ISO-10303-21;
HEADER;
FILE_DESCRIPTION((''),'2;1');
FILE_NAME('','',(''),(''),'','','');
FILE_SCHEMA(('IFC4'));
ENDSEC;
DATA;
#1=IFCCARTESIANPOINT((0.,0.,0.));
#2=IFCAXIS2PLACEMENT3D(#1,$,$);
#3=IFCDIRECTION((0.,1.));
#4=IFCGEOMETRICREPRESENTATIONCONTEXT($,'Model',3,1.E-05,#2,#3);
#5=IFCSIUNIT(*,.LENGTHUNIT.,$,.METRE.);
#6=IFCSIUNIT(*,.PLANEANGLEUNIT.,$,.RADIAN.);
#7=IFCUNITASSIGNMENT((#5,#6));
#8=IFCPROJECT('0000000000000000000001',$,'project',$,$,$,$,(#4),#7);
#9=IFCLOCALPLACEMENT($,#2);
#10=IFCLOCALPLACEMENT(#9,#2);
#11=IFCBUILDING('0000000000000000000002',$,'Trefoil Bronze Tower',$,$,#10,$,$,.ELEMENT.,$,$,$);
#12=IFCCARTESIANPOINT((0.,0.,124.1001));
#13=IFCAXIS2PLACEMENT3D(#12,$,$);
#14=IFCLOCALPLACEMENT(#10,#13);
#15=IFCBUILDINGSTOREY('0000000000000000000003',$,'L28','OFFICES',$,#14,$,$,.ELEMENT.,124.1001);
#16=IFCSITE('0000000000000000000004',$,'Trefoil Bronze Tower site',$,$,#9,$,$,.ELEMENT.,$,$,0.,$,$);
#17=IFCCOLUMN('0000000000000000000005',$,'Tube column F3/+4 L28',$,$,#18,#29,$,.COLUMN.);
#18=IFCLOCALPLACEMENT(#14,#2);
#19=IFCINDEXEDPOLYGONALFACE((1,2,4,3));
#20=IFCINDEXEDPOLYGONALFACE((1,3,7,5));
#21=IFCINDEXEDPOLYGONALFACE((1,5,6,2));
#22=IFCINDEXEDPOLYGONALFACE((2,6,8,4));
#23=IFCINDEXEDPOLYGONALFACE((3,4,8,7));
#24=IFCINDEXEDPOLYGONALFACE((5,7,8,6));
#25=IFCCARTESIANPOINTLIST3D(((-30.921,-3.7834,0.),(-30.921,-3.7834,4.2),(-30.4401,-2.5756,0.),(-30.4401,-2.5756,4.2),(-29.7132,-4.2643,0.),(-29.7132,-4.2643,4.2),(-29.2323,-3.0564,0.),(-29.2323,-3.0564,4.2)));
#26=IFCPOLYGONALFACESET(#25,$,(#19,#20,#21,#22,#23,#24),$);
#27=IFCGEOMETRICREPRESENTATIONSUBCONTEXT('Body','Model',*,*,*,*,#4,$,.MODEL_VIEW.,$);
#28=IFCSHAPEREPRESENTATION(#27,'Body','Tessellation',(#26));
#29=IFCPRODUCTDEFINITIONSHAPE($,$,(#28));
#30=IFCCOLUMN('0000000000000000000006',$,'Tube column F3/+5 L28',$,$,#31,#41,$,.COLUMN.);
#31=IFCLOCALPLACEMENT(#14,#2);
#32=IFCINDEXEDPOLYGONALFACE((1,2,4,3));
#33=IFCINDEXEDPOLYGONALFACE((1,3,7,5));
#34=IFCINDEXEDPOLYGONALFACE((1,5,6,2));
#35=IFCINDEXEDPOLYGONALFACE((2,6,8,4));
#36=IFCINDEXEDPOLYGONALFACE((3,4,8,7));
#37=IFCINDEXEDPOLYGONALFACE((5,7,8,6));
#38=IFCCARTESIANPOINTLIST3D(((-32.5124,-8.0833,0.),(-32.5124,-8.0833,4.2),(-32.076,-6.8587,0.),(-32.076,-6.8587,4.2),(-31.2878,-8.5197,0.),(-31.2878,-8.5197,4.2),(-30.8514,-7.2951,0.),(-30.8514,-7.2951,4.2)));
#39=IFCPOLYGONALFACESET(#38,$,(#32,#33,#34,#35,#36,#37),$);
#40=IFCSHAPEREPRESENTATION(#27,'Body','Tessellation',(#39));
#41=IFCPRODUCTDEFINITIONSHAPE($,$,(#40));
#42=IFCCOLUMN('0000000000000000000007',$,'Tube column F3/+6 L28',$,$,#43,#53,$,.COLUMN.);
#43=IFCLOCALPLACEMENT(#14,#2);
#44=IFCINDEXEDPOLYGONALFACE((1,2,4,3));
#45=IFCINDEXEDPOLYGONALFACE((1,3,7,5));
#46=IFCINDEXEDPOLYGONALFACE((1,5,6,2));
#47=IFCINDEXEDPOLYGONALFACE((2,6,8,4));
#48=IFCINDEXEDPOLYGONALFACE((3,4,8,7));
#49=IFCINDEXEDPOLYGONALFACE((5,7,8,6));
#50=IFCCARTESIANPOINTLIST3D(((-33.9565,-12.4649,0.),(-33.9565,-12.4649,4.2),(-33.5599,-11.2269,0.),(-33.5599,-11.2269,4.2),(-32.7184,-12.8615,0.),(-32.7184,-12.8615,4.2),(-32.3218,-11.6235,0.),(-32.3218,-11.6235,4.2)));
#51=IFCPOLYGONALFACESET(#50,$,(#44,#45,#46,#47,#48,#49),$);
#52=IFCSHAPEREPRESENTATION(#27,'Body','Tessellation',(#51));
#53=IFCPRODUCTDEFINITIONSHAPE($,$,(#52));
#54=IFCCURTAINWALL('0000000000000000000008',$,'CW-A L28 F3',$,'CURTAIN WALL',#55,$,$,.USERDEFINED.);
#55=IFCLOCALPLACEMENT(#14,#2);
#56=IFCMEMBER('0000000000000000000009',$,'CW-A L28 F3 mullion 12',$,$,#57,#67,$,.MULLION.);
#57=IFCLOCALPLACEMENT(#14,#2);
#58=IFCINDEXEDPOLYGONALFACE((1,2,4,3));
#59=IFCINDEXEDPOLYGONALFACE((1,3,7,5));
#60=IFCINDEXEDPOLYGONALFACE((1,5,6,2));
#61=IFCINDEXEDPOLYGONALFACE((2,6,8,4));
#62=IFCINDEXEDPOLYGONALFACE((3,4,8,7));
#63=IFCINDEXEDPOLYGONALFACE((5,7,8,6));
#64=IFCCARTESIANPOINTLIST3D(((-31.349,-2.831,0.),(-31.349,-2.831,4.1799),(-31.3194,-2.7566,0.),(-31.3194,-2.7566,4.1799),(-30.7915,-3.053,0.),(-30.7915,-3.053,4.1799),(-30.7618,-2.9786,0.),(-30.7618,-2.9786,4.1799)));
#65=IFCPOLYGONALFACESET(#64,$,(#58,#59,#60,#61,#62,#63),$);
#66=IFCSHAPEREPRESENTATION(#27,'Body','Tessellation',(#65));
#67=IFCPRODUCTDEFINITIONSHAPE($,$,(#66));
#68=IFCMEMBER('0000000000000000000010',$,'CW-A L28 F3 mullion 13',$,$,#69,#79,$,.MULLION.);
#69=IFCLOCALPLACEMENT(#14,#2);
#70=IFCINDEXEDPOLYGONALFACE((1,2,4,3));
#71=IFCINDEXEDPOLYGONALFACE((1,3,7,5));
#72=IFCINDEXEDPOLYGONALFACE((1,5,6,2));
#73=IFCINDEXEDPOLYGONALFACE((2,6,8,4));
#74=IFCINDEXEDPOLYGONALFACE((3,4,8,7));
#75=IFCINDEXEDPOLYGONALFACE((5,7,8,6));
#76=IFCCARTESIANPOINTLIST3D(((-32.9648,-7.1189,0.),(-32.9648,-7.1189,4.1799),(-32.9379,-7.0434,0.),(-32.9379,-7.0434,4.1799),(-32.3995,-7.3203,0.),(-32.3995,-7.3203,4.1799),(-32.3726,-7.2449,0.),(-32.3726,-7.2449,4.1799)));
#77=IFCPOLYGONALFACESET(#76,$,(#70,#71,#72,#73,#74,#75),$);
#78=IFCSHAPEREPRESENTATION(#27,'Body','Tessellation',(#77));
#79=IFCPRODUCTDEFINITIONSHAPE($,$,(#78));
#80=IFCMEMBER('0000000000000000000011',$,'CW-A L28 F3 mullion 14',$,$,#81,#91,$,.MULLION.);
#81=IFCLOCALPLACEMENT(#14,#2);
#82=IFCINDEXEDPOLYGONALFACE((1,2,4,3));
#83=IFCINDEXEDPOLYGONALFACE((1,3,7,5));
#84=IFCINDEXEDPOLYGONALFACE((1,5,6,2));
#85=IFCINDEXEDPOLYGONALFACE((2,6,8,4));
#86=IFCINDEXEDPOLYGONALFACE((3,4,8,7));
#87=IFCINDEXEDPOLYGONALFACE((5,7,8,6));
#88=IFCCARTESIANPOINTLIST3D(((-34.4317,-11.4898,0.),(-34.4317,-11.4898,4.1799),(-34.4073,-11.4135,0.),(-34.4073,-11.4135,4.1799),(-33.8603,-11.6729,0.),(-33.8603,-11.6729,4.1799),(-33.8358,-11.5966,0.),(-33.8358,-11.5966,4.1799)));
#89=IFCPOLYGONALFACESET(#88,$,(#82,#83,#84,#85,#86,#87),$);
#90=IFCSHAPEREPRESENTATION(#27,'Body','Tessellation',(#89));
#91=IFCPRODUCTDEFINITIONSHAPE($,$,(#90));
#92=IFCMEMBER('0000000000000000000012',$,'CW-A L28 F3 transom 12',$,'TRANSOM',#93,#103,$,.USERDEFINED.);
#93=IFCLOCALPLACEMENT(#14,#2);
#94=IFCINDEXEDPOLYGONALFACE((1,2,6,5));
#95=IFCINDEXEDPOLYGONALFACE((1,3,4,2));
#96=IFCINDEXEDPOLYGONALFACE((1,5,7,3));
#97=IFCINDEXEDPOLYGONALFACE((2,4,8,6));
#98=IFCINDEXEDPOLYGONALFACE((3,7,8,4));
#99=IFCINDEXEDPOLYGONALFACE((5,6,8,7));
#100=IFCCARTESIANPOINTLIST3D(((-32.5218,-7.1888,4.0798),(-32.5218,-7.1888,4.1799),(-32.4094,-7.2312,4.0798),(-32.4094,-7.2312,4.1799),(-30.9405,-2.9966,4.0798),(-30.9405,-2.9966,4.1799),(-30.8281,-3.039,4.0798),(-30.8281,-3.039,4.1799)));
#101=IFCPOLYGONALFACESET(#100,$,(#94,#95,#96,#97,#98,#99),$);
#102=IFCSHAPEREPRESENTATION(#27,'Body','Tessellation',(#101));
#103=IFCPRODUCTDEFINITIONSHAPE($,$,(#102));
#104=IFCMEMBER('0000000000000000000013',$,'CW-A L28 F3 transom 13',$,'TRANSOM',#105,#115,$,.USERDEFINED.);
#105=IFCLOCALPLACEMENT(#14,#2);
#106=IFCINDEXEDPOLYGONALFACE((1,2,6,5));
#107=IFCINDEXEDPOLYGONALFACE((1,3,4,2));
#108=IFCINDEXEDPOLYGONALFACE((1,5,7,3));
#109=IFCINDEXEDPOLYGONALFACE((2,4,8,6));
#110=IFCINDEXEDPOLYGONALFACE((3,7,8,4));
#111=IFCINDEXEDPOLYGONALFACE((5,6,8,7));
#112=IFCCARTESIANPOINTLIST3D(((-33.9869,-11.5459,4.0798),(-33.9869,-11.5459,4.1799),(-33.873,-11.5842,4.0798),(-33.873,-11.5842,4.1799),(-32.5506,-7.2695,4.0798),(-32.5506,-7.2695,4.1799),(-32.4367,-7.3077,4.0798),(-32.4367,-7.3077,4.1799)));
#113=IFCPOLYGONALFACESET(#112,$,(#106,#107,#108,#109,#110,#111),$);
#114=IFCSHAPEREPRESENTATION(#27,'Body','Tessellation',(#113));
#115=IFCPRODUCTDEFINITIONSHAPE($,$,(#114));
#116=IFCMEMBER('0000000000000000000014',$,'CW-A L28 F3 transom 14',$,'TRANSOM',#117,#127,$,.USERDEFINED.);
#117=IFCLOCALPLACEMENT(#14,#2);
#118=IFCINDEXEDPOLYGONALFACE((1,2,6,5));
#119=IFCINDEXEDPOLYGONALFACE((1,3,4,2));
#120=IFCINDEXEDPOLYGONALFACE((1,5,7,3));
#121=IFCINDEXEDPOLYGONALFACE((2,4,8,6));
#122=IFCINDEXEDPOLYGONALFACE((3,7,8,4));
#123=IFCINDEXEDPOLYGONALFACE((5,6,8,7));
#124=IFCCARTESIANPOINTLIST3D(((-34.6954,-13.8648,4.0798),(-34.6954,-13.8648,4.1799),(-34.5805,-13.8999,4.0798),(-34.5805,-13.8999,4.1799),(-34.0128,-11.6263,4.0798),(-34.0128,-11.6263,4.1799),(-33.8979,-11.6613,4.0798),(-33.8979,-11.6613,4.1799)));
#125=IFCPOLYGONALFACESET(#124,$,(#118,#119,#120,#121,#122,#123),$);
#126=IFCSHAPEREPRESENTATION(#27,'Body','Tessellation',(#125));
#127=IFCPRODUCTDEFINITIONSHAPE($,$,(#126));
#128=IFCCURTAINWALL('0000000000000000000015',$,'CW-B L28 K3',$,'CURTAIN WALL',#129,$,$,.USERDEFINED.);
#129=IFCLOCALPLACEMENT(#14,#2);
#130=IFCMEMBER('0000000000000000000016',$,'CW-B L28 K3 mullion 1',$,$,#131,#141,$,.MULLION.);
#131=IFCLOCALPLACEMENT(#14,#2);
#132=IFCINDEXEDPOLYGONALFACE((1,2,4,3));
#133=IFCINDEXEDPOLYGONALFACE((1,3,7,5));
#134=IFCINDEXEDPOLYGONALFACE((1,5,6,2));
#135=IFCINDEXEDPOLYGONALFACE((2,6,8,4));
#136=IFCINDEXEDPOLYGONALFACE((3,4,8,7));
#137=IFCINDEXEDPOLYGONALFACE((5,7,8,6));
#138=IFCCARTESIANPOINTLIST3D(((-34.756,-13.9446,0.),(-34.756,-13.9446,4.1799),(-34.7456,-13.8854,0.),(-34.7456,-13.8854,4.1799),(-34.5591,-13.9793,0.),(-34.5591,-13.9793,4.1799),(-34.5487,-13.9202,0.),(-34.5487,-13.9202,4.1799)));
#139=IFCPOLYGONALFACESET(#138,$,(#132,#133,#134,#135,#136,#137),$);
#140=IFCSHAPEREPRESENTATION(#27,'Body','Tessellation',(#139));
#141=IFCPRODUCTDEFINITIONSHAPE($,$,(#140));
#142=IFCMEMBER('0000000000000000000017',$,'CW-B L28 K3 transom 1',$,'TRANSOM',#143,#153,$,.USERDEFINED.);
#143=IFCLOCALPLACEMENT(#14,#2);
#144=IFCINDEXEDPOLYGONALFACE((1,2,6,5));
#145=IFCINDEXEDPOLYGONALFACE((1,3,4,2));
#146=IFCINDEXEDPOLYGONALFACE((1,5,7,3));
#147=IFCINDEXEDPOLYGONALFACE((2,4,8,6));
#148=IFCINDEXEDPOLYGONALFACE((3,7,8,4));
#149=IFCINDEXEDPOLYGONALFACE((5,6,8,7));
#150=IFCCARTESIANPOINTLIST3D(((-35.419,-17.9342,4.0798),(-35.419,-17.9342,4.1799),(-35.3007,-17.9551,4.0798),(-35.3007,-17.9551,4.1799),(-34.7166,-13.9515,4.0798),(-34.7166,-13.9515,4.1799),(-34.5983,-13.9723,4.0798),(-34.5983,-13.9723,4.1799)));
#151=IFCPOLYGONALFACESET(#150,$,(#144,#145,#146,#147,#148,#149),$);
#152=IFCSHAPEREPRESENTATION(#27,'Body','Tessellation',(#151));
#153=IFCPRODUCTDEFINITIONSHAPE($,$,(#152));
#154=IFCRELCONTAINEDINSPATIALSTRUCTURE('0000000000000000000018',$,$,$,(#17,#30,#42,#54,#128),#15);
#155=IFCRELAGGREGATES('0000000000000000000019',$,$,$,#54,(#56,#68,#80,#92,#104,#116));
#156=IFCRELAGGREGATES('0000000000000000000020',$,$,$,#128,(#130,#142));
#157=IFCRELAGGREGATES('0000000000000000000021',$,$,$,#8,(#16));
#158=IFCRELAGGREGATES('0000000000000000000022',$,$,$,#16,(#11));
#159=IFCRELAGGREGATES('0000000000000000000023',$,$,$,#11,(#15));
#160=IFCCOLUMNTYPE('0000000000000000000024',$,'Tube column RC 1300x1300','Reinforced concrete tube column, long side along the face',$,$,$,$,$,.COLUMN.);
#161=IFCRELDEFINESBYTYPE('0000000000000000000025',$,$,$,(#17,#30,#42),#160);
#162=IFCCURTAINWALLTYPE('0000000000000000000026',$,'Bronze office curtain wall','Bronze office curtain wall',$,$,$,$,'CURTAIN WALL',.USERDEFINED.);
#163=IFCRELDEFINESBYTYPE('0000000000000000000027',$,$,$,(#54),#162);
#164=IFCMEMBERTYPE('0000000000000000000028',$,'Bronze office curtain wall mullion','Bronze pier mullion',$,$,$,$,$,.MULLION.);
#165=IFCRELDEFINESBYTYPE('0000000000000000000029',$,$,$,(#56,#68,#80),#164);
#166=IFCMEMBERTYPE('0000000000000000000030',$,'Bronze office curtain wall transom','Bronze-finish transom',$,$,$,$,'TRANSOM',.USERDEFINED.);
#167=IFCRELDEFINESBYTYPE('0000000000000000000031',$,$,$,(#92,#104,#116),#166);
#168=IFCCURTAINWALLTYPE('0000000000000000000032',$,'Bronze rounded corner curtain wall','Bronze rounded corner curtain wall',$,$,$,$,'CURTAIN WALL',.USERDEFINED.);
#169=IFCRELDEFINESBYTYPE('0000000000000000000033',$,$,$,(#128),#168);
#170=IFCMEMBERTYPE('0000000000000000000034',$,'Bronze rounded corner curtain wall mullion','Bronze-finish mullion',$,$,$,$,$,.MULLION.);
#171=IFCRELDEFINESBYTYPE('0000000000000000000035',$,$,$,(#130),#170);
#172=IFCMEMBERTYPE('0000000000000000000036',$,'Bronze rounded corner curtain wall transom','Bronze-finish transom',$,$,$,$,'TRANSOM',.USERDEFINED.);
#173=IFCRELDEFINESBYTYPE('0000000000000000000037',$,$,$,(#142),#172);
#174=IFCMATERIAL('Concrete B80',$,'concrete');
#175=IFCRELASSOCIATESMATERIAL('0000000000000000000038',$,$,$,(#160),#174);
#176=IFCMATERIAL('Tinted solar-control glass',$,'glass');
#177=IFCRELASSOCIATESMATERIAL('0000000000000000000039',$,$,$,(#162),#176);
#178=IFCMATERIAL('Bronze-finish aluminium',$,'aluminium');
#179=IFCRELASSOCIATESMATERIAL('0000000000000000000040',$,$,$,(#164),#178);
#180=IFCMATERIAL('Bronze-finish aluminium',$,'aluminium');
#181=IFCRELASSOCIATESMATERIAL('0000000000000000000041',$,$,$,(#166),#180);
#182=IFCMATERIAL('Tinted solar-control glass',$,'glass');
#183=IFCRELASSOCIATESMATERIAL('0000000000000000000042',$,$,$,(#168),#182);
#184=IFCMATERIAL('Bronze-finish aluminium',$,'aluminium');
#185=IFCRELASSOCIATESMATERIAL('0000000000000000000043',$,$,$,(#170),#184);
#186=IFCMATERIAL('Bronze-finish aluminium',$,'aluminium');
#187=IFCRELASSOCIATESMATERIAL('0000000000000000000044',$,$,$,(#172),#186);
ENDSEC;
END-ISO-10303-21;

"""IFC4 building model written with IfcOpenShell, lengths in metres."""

from ifc_helpers import new_model, si_unit, direction, frame, origin, origin_2d, place, context, subcontext, project, spatial, rectangle, extrude, material, material_profile, profile_set, type_object, element, aggregate, save


model = new_model("IFC4")

# Units and contexts
model_context = context("Model", 3, precision=1e-05, world=origin(), true_north=direction((0.0, 1.0)))
body_context = subcontext(model_context, "Body", "Model", "MODEL_VIEW")
ifc_project = project(units=[si_unit("LENGTHUNIT", "METRE"), si_unit("PLANEANGLEUNIT", "RADIAN")], contexts=[model_context])

# Site, building, storey
site_placement = place(None, origin())
site = spatial("IfcSite", under=ifc_project, at=site_placement, Name="Trefoil Bronze Tower site", CompositionType="ELEMENT", RefElevation=0.0)
building_placement = place(site_placement, origin())
building = spatial("IfcBuilding", under=site, at=building_placement, Name="Trefoil Bronze Tower", CompositionType="ELEMENT")
storey_placement = place(building_placement, frame((0.0, 0.0, 124.1001)))
storey = spatial("IfcBuildingStorey", under=building, at=storey_placement, Name="L28", Description="OFFICES", CompositionType="ELEMENT", Elevation=124.1001)

# Columns
ifc_material_1 = material(Name="Concrete B80", Category="concrete")
ifc_material_profile_1 = material_profile(ifc_material_1, rectangle(XDim=1.3, YDim=1.3, at=origin_2d()), Name="RC 1300x1300")
ifc_profile_set_1 = profile_set([ifc_material_profile_1], Name="Concrete B80")
column_type = type_object("IfcColumnType", Name="Tube column RC 1300x1300", Description="Reinforced concrete tube column, long side along the face", PredefinedType="COLUMN", material=ifc_profile_set_1)
for number, where, z_axis, x_axis, name in (
    (1, (-30.0767, -3.4199, 0.0), (0.0, 0.0, 1.0), (-0.369901, -0.929071, 0.0), "Tube column F3/+4 L28"),
    (2, (-31.6819, -7.6892, 0.0), (0.0, 0.0, 1.0), (-0.335718, -0.941963, 0.0), "Tube column F3/+5 L28"),
    (3, (-33.1392, -12.0442, 0.0), (0.0, 0.0, 1.0), (-0.305066, -0.952331, 0.0), "Tube column F3/+6 L28"),
):
    element("IfcColumn", number, at=place(storey_placement, frame(where, z_axis=z_axis, x_axis=x_axis)), inside=storey, type_object=column_type, Name=name, PredefinedType="COLUMN", context=body_context, shape_type="SweptSolid", body=[
        extrude(rectangle(XDim=1.3, YDim=1.3, at=origin_2d()), origin(), (0.0, 0.0, 1.0), 4.2),
    ])

# Curtain walls, members
ifc_material_2 = material(Name="Tinted solar-control glass", Category="glass")
curtain_wall_type_1 = type_object("IfcCurtainWallType", Name="Bronze office curtain wall", Description="Bronze office curtain wall", ElementType="CURTAIN WALL", PredefinedType="USERDEFINED", material=ifc_material_2)
curtain_wall_1_placement = place(storey_placement, origin())
curtain_wall_1 = element("IfcCurtainWall", 4, at=curtain_wall_1_placement, inside=storey, type_object=curtain_wall_type_1, Name="CW-A L28 F3", ObjectType="CURTAIN WALL", PredefinedType="USERDEFINED")
ifc_material_3 = material(Name="Bronze-finish aluminium", Category="aluminium")
ifc_material_profile_2 = material_profile(ifc_material_3, rectangle(XDim=0.6001, YDim=0.0801, at=origin_2d()), Name="CW-A mullion")
ifc_profile_set_2 = profile_set([ifc_material_profile_2], Name="Bronze-finish aluminium")
member_type_1 = type_object("IfcMemberType", Name="Bronze office curtain wall mullion", Description="Bronze pier mullion", PredefinedType="MULLION", material=ifc_profile_set_2)
member_1_placement = place(storey_placement, frame((-31.0554, -2.9048, 0.0), z_axis=(0.0, 0.0, 1.0), x_axis=(0.929071, -0.369901, 0.0)))
member_1 = element("IfcMember", 5, at=member_1_placement, type_object=member_type_1, Name="CW-A L28 F3 mullion 12", PredefinedType="MULLION", context=body_context, shape_type="SweptSolid", body=[
    extrude(rectangle(XDim=0.6001, YDim=0.0801, at=origin_2d()), origin(), (0.0, 0.0, 1.0), 4.1799),
])
member_2_placement = place(storey_placement, frame((-32.6687, -7.1819, 0.0), z_axis=(0.0, 0.0, 1.0), x_axis=(0.941963, -0.335718, 0.0)))
member_2 = element("IfcMember", 6, at=member_2_placement, type_object=member_type_1, Name="CW-A L28 F3 mullion 13", PredefinedType="MULLION", context=body_context, shape_type="SweptSolid", body=[
    extrude(rectangle(XDim=0.6001, YDim=0.0801, at=origin_2d()), origin(), (0.0, 0.0, 1.0), 4.1799),
])
member_3_placement = place(storey_placement, frame((-34.1338, -11.5432, 0.0), z_axis=(0.0, 0.0, 1.0), x_axis=(0.952331, -0.305066, 0.0)))
member_3 = element("IfcMember", 7, at=member_3_placement, type_object=member_type_1, Name="CW-A L28 F3 mullion 14", PredefinedType="MULLION", context=body_context, shape_type="SweptSolid", body=[
    extrude(rectangle(XDim=0.6001, YDim=0.0801, at=origin_2d()), origin(), (0.0, 0.0, 1.0), 4.1799),
])
ifc_material_4 = material(Name="Bronze-finish aluminium", Category="aluminium")
ifc_material_profile_3 = material_profile(ifc_material_4, rectangle(XDim=0.1201, YDim=0.1001, at=origin_2d()), Name="CW-A transom")
ifc_profile_set_3 = profile_set([ifc_material_profile_3], Name="Bronze-finish aluminium")
member_type_2 = type_object("IfcMemberType", Name="Bronze office curtain wall transom", Description="Bronze-finish transom", ElementType="TRANSOM", PredefinedType="USERDEFINED", material=ifc_profile_set_3)
member_4_placement = place(storey_placement, frame((-30.8843, -3.0178, 4.1299), z_axis=(-0.352932, -0.935649, 0.0), x_axis=(0.935649, -0.352932, 0.0)))
member_4 = element("IfcMember", 8, at=member_4_placement, type_object=member_type_2, Name="CW-A L28 F3 transom 12", ObjectType="TRANSOM", PredefinedType="USERDEFINED", context=body_context, shape_type="SweptSolid", body=[
    extrude(rectangle(XDim=0.1201, YDim=0.1001, at=origin_2d()), origin(), (0.0, 0.0, 1.0), 4.4805),
])
member_5_placement = place(storey_placement, frame((-32.4937, -7.2886, 4.1299), z_axis=(-0.318386, -0.947961, 0.0), x_axis=(0.947961, -0.318386, 0.0)))
member_5 = element("IfcMember", 9, at=member_5_placement, type_object=member_type_2, Name="CW-A L28 F3 transom 13", ObjectType="TRANSOM", PredefinedType="USERDEFINED", context=body_context, shape_type="SweptSolid", body=[
    extrude(rectangle(XDim=0.1201, YDim=0.1001, at=origin_2d()), origin(), (0.0, 0.0, 1.0), 4.5112),
])
member_6_placement = place(storey_placement, frame((-33.9553, -11.6438, 4.1299), z_axis=(-0.29168, -0.956516, 0.0), x_axis=(0.956516, -0.29168, 0.0)))
member_6 = element("IfcMember", 10, at=member_6_placement, type_object=member_type_2, Name="CW-A L28 F3 transom 14", ObjectType="TRANSOM", PredefinedType="USERDEFINED", context=body_context, shape_type="SweptSolid", body=[
    extrude(rectangle(XDim=0.1201, YDim=0.1001, at=origin_2d()), origin(), (0.0, 0.0, 1.0), 2.3403),
])
ifc_material_5 = material(Name="Tinted solar-control glass", Category="glass")
curtain_wall_type_2 = type_object("IfcCurtainWallType", Name="Bronze rounded corner curtain wall", Description="Bronze rounded corner curtain wall", ElementType="CURTAIN WALL", PredefinedType="USERDEFINED", material=ifc_material_5)
curtain_wall_2_placement = place(storey_placement, origin())
curtain_wall_2 = element("IfcCurtainWall", 11, at=curtain_wall_2_placement, inside=storey, type_object=curtain_wall_type_2, Name="CW-B L28 K3", ObjectType="CURTAIN WALL", PredefinedType="USERDEFINED")
ifc_material_6 = material(Name="Bronze-finish aluminium", Category="aluminium")
ifc_material_profile_4 = material_profile(ifc_material_6, rectangle(XDim=0.2, YDim=0.0601, at=origin_2d()), Name="CW-B mullion")
ifc_profile_set_4 = profile_set([ifc_material_profile_4], Name="Bronze-finish aluminium")
member_type_3 = type_object("IfcMemberType", Name="Bronze rounded corner curtain wall mullion", Description="Bronze-finish mullion", PredefinedType="MULLION", material=ifc_profile_set_4)
member_7_placement = place(storey_placement, frame((-34.6523, -13.9324, 0.0), z_axis=(0.0, 0.0, 1.0), x_axis=(0.984808, -0.173648, 0.0)))
member_7 = element("IfcMember", 12, at=member_7_placement, type_object=member_type_3, Name="CW-B L28 K3 mullion 1", PredefinedType="MULLION", context=body_context, shape_type="SweptSolid", body=[
    extrude(rectangle(XDim=0.2, YDim=0.0601, at=origin_2d()), origin(), (0.0, 0.0, 1.0), 4.1799),
])
ifc_material_7 = material(Name="Bronze-finish aluminium", Category="aluminium")
ifc_material_profile_5 = material_profile(ifc_material_7, rectangle(XDim=0.1201, YDim=0.1001, at=origin_2d()), Name="CW-B transom")
ifc_profile_set_5 = profile_set([ifc_material_profile_5], Name="Bronze-finish aluminium")
member_type_4 = type_object("IfcMemberType", Name="Bronze rounded corner curtain wall transom", Description="Bronze-finish transom", ElementType="TRANSOM", PredefinedType="USERDEFINED", material=ifc_profile_set_5)
member_8_placement = place(storey_placement, frame((-34.6575, -13.9619, 4.1299), z_axis=(-0.173682, -0.984802, 0.0), x_axis=(0.984802, -0.173682, 0.0)))
member_8 = element("IfcMember", 13, at=member_8_placement, type_object=member_type_4, Name="CW-B L28 K3 transom 1", ObjectType="TRANSOM", PredefinedType="USERDEFINED", context=body_context, shape_type="SweptSolid", body=[
    extrude(rectangle(XDim=0.1201, YDim=0.1001, at=origin_2d()), origin(), (0.0, 0.0, 1.0), 4.0442),
])

aggregate(curtain_wall_1, [member_1, member_2, member_3, member_4, member_5, member_6])
aggregate(curtain_wall_2, [member_7, member_8])

save(model, "model.ifc")
